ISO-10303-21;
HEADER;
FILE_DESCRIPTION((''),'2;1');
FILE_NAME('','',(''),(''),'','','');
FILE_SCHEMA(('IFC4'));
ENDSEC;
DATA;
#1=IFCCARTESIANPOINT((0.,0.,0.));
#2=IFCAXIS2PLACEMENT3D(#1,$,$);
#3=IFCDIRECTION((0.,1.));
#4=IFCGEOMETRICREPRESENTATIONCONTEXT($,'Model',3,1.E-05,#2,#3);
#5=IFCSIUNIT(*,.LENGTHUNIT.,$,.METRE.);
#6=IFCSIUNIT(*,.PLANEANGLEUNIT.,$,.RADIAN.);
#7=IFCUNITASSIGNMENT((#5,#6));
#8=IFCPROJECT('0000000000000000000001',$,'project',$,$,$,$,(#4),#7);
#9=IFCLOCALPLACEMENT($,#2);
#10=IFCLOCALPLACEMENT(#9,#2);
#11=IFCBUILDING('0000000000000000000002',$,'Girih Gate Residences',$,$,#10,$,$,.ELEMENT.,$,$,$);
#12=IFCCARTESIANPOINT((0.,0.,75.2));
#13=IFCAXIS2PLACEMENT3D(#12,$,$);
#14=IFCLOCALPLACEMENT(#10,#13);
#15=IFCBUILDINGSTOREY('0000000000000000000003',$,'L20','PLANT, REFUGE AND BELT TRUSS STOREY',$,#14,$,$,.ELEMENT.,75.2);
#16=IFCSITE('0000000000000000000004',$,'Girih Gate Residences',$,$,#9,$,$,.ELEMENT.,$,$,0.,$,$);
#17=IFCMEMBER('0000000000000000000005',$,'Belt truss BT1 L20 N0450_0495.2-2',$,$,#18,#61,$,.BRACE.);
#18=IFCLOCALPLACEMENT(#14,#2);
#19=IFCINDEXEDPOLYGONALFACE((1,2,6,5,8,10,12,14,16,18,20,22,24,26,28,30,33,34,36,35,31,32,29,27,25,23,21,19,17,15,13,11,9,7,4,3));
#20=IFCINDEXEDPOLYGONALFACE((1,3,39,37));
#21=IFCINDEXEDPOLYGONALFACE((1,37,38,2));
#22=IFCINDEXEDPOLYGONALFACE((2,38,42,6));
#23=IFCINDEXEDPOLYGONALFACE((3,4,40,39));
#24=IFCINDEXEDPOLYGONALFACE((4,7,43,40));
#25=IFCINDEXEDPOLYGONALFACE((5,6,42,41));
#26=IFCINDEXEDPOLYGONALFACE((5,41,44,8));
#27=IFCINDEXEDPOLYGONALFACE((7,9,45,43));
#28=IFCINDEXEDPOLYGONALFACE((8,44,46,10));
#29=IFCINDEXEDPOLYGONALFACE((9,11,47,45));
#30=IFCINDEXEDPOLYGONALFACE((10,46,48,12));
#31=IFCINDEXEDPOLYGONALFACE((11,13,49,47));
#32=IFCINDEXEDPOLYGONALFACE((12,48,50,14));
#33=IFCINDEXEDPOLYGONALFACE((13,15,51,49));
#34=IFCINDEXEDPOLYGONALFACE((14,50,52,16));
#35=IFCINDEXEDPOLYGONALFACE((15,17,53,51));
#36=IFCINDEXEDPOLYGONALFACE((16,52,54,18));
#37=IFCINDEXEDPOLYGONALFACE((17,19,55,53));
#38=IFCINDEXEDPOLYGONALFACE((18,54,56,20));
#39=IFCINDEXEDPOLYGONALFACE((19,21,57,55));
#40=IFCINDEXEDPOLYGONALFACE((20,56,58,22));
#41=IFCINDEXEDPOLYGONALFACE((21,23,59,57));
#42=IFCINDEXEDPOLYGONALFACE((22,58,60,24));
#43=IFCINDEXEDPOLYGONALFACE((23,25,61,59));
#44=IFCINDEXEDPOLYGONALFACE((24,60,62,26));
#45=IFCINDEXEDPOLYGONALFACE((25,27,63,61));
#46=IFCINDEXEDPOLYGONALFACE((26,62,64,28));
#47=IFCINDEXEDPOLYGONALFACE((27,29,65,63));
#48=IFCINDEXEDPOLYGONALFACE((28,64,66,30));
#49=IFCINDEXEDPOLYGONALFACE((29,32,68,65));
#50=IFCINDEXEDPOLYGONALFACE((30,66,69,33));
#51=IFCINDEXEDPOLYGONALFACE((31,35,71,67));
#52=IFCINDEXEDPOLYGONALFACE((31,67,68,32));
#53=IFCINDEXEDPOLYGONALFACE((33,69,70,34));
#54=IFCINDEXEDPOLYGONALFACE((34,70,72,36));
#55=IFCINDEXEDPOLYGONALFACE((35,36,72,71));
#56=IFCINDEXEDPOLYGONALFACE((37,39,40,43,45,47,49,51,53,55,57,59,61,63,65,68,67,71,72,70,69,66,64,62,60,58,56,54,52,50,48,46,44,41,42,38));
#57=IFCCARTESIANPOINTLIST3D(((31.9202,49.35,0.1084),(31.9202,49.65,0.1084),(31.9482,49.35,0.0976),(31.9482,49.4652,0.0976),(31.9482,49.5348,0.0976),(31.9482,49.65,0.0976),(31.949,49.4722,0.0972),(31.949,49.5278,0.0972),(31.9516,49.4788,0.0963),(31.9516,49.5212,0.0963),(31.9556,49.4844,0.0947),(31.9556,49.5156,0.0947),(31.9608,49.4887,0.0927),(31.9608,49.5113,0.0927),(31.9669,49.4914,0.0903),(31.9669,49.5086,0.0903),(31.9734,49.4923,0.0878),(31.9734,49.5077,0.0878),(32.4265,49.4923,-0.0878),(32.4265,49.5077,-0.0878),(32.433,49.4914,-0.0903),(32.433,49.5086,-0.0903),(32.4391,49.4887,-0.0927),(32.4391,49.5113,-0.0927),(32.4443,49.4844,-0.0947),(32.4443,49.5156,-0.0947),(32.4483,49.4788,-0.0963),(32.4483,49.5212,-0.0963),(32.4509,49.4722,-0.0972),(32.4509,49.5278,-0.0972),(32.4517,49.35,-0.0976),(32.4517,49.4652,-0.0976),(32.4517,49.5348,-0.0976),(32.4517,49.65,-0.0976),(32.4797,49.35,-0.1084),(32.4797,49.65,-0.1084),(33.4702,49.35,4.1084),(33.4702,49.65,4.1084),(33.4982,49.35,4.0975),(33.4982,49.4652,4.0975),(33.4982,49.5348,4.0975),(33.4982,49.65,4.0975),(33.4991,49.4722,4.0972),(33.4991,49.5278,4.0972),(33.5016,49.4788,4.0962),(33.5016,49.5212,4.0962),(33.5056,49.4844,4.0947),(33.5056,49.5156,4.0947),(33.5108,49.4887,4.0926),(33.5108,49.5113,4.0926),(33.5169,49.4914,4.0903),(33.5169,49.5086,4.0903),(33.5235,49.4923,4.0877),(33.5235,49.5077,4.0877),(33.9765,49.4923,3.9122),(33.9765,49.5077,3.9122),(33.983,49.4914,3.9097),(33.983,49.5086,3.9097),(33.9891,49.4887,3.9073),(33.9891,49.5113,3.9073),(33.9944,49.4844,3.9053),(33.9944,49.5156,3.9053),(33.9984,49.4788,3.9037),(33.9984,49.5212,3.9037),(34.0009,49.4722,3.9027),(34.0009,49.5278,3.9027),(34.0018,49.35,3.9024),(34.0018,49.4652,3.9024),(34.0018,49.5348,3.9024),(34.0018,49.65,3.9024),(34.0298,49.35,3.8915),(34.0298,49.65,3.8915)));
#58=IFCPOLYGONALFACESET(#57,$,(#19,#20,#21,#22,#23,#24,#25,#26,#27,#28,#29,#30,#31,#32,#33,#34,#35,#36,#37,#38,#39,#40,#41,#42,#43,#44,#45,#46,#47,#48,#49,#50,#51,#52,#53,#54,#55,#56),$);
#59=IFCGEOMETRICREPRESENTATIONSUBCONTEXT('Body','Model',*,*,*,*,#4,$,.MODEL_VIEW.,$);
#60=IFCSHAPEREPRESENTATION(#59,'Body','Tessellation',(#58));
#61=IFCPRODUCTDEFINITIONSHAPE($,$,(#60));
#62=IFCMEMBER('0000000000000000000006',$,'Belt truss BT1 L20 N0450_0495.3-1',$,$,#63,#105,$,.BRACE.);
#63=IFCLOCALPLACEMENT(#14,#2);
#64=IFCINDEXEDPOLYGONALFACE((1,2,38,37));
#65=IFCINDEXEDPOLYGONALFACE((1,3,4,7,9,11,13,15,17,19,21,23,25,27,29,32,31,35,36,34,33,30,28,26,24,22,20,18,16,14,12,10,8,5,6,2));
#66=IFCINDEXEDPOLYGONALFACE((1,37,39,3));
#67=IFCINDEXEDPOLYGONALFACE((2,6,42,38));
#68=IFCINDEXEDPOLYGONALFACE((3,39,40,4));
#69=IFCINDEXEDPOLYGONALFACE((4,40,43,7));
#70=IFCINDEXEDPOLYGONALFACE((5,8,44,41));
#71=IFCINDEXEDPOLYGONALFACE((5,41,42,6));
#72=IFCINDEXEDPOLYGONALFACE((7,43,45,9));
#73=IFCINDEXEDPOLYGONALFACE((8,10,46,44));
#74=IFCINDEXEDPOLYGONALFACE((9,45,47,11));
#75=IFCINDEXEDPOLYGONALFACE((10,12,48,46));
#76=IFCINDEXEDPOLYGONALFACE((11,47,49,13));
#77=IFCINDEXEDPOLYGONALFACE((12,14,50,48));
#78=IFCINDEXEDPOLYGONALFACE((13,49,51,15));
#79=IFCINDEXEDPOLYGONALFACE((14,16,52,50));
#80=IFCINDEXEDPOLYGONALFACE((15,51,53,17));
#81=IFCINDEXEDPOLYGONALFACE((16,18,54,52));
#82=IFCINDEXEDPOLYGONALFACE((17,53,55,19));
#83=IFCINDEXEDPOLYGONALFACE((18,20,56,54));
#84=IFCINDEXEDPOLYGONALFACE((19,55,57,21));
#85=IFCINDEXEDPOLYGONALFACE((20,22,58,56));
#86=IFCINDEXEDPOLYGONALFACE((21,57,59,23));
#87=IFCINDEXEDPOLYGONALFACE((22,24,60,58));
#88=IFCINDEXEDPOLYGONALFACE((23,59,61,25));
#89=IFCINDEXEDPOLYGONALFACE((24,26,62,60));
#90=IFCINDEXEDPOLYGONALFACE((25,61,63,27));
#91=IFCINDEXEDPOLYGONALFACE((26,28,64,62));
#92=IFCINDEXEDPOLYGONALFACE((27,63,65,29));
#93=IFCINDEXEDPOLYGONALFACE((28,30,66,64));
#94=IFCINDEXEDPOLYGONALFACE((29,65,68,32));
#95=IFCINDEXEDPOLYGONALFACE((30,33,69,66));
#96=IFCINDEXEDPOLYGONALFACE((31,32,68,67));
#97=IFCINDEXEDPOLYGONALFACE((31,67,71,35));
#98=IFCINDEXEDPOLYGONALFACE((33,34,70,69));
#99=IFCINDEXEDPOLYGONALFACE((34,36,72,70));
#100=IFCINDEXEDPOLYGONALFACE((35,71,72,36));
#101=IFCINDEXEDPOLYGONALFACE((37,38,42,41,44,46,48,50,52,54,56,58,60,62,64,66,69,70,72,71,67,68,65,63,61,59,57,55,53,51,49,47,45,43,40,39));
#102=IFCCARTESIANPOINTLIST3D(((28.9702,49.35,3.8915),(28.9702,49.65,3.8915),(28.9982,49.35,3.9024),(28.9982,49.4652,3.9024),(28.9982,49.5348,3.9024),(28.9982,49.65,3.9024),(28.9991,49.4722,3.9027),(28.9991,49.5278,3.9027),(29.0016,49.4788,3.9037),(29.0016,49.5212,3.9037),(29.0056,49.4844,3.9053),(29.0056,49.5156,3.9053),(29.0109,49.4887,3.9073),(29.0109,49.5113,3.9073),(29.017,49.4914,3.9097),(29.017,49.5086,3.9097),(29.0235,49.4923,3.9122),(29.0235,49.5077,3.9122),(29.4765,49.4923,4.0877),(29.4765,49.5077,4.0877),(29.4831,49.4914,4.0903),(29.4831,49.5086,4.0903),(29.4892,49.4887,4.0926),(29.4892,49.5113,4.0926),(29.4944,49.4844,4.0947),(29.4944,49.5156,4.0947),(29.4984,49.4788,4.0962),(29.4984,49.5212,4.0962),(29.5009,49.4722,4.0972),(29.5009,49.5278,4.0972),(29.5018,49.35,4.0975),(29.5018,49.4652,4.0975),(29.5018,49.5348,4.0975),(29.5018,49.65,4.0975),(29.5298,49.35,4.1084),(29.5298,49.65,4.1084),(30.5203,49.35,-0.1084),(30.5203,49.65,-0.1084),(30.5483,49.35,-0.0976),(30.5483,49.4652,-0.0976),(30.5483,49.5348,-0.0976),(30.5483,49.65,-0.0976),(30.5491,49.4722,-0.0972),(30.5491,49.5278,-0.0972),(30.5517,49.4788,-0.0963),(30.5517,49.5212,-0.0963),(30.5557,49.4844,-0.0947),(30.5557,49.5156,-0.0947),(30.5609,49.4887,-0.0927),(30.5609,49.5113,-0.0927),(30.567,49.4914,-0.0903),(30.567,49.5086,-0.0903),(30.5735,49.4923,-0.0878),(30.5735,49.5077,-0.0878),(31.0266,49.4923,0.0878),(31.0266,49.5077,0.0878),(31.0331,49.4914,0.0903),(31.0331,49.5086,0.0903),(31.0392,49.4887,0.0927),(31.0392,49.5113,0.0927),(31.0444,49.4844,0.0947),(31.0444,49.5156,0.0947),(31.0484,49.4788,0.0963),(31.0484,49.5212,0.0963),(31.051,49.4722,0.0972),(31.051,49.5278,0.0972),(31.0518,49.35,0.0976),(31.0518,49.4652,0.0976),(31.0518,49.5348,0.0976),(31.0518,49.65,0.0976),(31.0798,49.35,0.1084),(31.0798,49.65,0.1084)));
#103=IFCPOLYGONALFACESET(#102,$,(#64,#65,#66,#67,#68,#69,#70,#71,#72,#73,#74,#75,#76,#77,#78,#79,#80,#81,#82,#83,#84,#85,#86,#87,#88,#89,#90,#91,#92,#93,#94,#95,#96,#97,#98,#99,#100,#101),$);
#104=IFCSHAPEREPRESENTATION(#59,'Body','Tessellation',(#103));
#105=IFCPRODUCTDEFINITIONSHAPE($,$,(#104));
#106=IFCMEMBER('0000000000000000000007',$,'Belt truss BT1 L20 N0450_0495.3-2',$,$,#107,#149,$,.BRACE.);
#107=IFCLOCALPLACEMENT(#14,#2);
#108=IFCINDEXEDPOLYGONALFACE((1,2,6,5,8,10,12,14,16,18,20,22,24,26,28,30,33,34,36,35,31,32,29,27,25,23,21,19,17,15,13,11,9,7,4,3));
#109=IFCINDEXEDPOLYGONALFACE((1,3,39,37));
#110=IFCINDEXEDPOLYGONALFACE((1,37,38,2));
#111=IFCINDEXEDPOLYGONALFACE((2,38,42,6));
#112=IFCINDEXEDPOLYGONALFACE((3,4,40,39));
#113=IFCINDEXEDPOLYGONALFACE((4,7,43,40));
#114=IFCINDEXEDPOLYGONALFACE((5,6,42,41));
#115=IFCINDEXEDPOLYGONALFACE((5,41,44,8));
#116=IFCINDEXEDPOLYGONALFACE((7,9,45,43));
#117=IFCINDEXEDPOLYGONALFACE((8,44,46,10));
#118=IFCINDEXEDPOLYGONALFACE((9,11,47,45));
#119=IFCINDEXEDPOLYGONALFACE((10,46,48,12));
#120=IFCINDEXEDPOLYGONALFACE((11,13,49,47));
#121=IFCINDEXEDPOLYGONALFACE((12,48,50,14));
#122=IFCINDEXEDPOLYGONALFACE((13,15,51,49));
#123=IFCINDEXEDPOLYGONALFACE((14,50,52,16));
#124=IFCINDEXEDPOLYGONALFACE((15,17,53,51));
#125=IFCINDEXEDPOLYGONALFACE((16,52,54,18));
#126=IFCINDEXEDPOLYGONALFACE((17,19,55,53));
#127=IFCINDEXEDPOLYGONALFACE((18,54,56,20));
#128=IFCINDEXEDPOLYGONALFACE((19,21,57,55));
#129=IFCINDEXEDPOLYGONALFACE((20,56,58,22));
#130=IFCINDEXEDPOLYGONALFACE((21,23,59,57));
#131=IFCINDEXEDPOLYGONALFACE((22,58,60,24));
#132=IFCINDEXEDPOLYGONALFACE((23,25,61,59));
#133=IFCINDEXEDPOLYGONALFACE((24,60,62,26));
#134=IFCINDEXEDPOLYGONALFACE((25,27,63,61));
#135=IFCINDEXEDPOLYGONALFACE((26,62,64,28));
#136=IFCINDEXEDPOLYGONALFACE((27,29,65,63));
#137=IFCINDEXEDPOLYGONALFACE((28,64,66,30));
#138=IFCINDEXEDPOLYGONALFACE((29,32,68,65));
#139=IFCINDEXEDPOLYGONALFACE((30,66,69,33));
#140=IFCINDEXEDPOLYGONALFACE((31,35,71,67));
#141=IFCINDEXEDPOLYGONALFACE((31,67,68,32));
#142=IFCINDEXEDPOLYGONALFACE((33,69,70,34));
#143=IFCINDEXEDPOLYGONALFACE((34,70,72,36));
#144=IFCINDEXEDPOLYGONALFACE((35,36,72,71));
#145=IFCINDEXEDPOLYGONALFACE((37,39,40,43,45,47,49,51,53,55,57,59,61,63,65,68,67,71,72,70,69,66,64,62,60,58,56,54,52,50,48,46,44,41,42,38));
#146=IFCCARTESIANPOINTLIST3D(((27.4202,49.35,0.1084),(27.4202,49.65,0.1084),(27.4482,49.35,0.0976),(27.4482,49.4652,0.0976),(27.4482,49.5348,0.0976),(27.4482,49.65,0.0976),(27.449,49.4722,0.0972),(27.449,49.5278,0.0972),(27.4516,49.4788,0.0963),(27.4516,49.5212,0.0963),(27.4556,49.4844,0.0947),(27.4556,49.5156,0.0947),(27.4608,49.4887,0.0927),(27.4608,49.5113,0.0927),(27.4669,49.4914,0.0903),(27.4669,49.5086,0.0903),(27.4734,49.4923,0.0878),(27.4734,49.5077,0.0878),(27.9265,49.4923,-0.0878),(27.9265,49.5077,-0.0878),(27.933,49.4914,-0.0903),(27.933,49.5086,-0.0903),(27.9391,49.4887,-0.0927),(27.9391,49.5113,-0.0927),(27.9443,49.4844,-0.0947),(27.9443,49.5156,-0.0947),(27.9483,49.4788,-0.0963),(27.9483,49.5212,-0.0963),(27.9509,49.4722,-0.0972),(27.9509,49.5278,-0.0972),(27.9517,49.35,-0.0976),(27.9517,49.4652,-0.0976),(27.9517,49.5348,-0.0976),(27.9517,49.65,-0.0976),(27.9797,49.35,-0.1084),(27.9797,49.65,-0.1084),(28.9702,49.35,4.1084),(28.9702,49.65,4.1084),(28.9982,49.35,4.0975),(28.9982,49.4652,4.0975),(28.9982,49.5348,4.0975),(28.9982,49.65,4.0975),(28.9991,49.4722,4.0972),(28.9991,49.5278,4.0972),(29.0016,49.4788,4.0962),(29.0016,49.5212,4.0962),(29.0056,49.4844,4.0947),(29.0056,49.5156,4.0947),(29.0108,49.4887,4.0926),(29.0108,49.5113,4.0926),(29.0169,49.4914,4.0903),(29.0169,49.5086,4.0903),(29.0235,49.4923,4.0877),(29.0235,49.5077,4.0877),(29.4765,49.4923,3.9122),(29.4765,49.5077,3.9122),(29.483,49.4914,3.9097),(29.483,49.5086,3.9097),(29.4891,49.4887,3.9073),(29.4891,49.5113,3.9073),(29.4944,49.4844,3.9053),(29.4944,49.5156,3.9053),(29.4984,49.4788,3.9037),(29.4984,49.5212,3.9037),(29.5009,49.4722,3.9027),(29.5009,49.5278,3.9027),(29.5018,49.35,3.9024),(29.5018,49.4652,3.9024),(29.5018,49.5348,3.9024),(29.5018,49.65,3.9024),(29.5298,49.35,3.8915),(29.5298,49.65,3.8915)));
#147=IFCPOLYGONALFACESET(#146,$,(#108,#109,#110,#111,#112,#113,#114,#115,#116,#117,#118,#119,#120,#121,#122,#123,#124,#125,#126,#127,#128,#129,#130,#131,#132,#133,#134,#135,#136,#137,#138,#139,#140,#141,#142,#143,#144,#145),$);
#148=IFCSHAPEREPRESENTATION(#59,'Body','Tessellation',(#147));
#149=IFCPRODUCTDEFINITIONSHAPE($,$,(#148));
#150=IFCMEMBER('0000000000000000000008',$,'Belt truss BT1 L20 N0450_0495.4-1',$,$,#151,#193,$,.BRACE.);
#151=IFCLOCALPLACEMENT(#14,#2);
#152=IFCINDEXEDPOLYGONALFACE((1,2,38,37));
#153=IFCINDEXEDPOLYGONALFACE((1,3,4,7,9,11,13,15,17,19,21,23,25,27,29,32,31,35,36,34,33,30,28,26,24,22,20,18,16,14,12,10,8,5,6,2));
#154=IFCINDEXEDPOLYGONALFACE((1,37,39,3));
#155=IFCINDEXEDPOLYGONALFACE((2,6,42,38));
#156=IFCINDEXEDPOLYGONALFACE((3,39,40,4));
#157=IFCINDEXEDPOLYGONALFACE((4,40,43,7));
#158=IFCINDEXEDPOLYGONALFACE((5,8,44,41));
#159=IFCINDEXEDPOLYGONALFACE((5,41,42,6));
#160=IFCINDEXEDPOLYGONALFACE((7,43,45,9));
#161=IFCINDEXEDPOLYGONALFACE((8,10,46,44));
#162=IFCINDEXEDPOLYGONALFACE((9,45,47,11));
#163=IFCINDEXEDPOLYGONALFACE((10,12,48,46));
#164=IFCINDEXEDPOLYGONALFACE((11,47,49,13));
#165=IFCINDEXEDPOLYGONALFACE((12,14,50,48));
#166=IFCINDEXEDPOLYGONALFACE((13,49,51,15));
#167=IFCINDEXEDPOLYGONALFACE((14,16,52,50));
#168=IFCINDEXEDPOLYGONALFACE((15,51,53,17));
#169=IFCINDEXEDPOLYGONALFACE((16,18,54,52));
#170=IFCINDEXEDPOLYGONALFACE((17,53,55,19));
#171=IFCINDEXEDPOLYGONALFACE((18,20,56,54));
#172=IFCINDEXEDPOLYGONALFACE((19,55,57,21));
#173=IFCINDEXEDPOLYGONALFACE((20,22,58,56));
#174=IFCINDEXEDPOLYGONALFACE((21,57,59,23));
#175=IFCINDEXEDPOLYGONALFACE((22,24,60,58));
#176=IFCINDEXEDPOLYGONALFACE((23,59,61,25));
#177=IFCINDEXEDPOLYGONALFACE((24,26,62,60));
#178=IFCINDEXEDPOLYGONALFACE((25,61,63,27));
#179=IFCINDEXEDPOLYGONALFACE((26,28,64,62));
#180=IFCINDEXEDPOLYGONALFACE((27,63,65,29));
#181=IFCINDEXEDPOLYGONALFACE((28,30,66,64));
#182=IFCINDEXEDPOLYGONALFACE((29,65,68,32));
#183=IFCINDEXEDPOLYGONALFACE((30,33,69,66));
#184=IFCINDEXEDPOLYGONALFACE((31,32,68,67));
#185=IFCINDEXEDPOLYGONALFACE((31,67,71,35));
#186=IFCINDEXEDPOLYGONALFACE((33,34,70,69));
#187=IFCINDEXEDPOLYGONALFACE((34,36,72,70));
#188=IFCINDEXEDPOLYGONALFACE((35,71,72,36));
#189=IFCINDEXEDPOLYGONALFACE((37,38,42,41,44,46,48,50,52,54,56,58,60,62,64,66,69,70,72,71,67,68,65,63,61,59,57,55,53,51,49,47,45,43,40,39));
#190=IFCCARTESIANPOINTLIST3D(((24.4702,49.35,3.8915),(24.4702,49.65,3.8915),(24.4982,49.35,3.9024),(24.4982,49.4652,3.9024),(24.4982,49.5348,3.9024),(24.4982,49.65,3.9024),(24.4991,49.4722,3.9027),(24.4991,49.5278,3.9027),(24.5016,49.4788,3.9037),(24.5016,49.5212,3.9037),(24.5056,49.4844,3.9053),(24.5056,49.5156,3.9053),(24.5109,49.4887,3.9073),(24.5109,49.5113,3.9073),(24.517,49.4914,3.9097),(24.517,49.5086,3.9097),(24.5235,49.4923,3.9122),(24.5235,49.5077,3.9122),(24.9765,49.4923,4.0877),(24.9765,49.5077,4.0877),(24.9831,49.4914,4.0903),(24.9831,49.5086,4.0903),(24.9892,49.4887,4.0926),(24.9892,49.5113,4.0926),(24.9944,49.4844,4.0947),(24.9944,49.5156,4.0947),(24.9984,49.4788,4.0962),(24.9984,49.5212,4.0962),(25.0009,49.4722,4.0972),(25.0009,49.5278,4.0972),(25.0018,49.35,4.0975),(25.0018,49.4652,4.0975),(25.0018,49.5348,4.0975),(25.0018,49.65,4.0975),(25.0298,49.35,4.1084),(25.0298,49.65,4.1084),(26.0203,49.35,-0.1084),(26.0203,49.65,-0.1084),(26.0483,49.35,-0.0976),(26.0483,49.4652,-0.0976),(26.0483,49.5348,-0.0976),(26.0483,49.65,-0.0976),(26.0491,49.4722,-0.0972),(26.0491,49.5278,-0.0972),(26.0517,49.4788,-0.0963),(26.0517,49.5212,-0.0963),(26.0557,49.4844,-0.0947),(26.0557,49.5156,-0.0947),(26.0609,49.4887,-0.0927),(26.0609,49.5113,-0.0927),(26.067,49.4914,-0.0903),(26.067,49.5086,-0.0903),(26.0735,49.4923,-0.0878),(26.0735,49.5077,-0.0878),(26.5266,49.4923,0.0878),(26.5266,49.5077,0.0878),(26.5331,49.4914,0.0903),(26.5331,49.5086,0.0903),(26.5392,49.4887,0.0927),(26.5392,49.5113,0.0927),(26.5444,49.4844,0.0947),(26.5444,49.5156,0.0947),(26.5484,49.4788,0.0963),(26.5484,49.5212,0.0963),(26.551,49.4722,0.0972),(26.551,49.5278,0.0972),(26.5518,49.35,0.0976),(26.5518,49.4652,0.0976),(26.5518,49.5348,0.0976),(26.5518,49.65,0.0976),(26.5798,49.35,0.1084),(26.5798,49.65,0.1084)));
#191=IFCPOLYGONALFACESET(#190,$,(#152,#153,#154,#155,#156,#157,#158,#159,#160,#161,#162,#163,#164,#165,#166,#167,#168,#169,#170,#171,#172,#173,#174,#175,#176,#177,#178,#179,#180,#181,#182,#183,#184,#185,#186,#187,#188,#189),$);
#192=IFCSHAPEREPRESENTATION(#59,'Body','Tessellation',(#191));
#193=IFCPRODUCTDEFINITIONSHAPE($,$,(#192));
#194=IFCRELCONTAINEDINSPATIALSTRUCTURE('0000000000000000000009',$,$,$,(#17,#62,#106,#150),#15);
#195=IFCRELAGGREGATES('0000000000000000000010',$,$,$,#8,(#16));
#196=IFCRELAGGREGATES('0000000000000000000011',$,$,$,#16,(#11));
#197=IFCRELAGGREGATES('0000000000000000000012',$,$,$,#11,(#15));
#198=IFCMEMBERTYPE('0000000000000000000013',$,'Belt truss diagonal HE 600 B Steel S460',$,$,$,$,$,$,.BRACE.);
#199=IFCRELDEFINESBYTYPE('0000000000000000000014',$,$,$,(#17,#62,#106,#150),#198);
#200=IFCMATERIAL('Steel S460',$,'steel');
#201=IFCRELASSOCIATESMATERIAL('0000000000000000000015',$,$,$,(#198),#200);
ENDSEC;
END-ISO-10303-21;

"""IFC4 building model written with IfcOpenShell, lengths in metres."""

from ifc_helpers import new_model, si_unit, direction, frame, origin, origin_2d, place, context, subcontext, project, spatial, i_section, extrude, material, material_profile, profile_set, type_object, element, save


model = new_model("IFC4")

# Units and contexts
model_context = context("Model", 3, precision=1e-05, world=origin(), true_north=direction((0.0, 1.0)))
body_context = subcontext(model_context, "Body", "Model", "MODEL_VIEW")
ifc_project = project(units=[si_unit("LENGTHUNIT", "METRE"), si_unit("PLANEANGLEUNIT", "RADIAN")], contexts=[model_context])

# Site, building, storey
site_placement = place(None, origin())
site = spatial("IfcSite", under=ifc_project, at=site_placement, Name="Girih Gate Residences", CompositionType="ELEMENT", RefElevation=0.0)
building_placement = place(site_placement, origin())
building = spatial("IfcBuilding", under=site, at=building_placement, Name="Girih Gate Residences", CompositionType="ELEMENT")
storey_placement = place(building_placement, frame((0.0, 0.0, 75.2)))
storey = spatial("IfcBuildingStorey", under=building, at=storey_placement, Name="L20", Description="PLANT, REFUGE AND BELT TRUSS STOREY", CompositionType="ELEMENT", Elevation=75.2)

# Members
ifc_material_1 = material(Name="Steel S460", Category="steel")
ifc_material_profile_1 = material_profile(ifc_material_1, i_section(OverallWidth=0.3, OverallDepth=0.6001, WebThickness=0.0154, FlangeThickness=0.03, FilletRadius=0.0271, at=origin_2d()))
ifc_profile_set_1 = profile_set([ifc_material_profile_1], Name="Steel S460")
member_type = type_object("IfcMemberType", Name="Belt truss diagonal HE 600 B Steel S460", PredefinedType="BRACE", material=ifc_profile_set_1)
for number, where, z_axis, x_axis, name in (
    (1, (32.2, 49.5, 0.0), (0.361331, 0.0, 0.932438), (0.0, 1.0, 0.0), "Belt truss BT1 L20 N0450_0495.2-2"),
    (2, (30.8, 49.5, 0.0), (-0.361331, 0.0, 0.932438), (0.0, -1.0, 0.0), "Belt truss BT1 L20 N0450_0495.3-1"),
    (3, (27.7, 49.5, 0.0), (0.361331, 0.0, 0.932438), (0.0, 1.0, 0.0), "Belt truss BT1 L20 N0450_0495.3-2"),
    (4, (26.3, 49.5, 0.0), (-0.361331, 0.0, 0.932438), (0.0, -1.0, 0.0), "Belt truss BT1 L20 N0450_0495.4-1"),
):
    element("IfcMember", number, at=place(storey_placement, frame(where, z_axis=z_axis, x_axis=x_axis)), inside=storey, type_object=member_type, Name=name, PredefinedType="BRACE", context=body_context, shape_type="SweptSolid", body=[
        extrude(i_section(OverallWidth=0.3, OverallDepth=0.6001, WebThickness=0.0154, FlangeThickness=0.03, FilletRadius=0.0271, at=origin_2d()), origin(), (0.0, 0.0, 1.0), 4.2898),
    ])

save(model, "model.ifc")
